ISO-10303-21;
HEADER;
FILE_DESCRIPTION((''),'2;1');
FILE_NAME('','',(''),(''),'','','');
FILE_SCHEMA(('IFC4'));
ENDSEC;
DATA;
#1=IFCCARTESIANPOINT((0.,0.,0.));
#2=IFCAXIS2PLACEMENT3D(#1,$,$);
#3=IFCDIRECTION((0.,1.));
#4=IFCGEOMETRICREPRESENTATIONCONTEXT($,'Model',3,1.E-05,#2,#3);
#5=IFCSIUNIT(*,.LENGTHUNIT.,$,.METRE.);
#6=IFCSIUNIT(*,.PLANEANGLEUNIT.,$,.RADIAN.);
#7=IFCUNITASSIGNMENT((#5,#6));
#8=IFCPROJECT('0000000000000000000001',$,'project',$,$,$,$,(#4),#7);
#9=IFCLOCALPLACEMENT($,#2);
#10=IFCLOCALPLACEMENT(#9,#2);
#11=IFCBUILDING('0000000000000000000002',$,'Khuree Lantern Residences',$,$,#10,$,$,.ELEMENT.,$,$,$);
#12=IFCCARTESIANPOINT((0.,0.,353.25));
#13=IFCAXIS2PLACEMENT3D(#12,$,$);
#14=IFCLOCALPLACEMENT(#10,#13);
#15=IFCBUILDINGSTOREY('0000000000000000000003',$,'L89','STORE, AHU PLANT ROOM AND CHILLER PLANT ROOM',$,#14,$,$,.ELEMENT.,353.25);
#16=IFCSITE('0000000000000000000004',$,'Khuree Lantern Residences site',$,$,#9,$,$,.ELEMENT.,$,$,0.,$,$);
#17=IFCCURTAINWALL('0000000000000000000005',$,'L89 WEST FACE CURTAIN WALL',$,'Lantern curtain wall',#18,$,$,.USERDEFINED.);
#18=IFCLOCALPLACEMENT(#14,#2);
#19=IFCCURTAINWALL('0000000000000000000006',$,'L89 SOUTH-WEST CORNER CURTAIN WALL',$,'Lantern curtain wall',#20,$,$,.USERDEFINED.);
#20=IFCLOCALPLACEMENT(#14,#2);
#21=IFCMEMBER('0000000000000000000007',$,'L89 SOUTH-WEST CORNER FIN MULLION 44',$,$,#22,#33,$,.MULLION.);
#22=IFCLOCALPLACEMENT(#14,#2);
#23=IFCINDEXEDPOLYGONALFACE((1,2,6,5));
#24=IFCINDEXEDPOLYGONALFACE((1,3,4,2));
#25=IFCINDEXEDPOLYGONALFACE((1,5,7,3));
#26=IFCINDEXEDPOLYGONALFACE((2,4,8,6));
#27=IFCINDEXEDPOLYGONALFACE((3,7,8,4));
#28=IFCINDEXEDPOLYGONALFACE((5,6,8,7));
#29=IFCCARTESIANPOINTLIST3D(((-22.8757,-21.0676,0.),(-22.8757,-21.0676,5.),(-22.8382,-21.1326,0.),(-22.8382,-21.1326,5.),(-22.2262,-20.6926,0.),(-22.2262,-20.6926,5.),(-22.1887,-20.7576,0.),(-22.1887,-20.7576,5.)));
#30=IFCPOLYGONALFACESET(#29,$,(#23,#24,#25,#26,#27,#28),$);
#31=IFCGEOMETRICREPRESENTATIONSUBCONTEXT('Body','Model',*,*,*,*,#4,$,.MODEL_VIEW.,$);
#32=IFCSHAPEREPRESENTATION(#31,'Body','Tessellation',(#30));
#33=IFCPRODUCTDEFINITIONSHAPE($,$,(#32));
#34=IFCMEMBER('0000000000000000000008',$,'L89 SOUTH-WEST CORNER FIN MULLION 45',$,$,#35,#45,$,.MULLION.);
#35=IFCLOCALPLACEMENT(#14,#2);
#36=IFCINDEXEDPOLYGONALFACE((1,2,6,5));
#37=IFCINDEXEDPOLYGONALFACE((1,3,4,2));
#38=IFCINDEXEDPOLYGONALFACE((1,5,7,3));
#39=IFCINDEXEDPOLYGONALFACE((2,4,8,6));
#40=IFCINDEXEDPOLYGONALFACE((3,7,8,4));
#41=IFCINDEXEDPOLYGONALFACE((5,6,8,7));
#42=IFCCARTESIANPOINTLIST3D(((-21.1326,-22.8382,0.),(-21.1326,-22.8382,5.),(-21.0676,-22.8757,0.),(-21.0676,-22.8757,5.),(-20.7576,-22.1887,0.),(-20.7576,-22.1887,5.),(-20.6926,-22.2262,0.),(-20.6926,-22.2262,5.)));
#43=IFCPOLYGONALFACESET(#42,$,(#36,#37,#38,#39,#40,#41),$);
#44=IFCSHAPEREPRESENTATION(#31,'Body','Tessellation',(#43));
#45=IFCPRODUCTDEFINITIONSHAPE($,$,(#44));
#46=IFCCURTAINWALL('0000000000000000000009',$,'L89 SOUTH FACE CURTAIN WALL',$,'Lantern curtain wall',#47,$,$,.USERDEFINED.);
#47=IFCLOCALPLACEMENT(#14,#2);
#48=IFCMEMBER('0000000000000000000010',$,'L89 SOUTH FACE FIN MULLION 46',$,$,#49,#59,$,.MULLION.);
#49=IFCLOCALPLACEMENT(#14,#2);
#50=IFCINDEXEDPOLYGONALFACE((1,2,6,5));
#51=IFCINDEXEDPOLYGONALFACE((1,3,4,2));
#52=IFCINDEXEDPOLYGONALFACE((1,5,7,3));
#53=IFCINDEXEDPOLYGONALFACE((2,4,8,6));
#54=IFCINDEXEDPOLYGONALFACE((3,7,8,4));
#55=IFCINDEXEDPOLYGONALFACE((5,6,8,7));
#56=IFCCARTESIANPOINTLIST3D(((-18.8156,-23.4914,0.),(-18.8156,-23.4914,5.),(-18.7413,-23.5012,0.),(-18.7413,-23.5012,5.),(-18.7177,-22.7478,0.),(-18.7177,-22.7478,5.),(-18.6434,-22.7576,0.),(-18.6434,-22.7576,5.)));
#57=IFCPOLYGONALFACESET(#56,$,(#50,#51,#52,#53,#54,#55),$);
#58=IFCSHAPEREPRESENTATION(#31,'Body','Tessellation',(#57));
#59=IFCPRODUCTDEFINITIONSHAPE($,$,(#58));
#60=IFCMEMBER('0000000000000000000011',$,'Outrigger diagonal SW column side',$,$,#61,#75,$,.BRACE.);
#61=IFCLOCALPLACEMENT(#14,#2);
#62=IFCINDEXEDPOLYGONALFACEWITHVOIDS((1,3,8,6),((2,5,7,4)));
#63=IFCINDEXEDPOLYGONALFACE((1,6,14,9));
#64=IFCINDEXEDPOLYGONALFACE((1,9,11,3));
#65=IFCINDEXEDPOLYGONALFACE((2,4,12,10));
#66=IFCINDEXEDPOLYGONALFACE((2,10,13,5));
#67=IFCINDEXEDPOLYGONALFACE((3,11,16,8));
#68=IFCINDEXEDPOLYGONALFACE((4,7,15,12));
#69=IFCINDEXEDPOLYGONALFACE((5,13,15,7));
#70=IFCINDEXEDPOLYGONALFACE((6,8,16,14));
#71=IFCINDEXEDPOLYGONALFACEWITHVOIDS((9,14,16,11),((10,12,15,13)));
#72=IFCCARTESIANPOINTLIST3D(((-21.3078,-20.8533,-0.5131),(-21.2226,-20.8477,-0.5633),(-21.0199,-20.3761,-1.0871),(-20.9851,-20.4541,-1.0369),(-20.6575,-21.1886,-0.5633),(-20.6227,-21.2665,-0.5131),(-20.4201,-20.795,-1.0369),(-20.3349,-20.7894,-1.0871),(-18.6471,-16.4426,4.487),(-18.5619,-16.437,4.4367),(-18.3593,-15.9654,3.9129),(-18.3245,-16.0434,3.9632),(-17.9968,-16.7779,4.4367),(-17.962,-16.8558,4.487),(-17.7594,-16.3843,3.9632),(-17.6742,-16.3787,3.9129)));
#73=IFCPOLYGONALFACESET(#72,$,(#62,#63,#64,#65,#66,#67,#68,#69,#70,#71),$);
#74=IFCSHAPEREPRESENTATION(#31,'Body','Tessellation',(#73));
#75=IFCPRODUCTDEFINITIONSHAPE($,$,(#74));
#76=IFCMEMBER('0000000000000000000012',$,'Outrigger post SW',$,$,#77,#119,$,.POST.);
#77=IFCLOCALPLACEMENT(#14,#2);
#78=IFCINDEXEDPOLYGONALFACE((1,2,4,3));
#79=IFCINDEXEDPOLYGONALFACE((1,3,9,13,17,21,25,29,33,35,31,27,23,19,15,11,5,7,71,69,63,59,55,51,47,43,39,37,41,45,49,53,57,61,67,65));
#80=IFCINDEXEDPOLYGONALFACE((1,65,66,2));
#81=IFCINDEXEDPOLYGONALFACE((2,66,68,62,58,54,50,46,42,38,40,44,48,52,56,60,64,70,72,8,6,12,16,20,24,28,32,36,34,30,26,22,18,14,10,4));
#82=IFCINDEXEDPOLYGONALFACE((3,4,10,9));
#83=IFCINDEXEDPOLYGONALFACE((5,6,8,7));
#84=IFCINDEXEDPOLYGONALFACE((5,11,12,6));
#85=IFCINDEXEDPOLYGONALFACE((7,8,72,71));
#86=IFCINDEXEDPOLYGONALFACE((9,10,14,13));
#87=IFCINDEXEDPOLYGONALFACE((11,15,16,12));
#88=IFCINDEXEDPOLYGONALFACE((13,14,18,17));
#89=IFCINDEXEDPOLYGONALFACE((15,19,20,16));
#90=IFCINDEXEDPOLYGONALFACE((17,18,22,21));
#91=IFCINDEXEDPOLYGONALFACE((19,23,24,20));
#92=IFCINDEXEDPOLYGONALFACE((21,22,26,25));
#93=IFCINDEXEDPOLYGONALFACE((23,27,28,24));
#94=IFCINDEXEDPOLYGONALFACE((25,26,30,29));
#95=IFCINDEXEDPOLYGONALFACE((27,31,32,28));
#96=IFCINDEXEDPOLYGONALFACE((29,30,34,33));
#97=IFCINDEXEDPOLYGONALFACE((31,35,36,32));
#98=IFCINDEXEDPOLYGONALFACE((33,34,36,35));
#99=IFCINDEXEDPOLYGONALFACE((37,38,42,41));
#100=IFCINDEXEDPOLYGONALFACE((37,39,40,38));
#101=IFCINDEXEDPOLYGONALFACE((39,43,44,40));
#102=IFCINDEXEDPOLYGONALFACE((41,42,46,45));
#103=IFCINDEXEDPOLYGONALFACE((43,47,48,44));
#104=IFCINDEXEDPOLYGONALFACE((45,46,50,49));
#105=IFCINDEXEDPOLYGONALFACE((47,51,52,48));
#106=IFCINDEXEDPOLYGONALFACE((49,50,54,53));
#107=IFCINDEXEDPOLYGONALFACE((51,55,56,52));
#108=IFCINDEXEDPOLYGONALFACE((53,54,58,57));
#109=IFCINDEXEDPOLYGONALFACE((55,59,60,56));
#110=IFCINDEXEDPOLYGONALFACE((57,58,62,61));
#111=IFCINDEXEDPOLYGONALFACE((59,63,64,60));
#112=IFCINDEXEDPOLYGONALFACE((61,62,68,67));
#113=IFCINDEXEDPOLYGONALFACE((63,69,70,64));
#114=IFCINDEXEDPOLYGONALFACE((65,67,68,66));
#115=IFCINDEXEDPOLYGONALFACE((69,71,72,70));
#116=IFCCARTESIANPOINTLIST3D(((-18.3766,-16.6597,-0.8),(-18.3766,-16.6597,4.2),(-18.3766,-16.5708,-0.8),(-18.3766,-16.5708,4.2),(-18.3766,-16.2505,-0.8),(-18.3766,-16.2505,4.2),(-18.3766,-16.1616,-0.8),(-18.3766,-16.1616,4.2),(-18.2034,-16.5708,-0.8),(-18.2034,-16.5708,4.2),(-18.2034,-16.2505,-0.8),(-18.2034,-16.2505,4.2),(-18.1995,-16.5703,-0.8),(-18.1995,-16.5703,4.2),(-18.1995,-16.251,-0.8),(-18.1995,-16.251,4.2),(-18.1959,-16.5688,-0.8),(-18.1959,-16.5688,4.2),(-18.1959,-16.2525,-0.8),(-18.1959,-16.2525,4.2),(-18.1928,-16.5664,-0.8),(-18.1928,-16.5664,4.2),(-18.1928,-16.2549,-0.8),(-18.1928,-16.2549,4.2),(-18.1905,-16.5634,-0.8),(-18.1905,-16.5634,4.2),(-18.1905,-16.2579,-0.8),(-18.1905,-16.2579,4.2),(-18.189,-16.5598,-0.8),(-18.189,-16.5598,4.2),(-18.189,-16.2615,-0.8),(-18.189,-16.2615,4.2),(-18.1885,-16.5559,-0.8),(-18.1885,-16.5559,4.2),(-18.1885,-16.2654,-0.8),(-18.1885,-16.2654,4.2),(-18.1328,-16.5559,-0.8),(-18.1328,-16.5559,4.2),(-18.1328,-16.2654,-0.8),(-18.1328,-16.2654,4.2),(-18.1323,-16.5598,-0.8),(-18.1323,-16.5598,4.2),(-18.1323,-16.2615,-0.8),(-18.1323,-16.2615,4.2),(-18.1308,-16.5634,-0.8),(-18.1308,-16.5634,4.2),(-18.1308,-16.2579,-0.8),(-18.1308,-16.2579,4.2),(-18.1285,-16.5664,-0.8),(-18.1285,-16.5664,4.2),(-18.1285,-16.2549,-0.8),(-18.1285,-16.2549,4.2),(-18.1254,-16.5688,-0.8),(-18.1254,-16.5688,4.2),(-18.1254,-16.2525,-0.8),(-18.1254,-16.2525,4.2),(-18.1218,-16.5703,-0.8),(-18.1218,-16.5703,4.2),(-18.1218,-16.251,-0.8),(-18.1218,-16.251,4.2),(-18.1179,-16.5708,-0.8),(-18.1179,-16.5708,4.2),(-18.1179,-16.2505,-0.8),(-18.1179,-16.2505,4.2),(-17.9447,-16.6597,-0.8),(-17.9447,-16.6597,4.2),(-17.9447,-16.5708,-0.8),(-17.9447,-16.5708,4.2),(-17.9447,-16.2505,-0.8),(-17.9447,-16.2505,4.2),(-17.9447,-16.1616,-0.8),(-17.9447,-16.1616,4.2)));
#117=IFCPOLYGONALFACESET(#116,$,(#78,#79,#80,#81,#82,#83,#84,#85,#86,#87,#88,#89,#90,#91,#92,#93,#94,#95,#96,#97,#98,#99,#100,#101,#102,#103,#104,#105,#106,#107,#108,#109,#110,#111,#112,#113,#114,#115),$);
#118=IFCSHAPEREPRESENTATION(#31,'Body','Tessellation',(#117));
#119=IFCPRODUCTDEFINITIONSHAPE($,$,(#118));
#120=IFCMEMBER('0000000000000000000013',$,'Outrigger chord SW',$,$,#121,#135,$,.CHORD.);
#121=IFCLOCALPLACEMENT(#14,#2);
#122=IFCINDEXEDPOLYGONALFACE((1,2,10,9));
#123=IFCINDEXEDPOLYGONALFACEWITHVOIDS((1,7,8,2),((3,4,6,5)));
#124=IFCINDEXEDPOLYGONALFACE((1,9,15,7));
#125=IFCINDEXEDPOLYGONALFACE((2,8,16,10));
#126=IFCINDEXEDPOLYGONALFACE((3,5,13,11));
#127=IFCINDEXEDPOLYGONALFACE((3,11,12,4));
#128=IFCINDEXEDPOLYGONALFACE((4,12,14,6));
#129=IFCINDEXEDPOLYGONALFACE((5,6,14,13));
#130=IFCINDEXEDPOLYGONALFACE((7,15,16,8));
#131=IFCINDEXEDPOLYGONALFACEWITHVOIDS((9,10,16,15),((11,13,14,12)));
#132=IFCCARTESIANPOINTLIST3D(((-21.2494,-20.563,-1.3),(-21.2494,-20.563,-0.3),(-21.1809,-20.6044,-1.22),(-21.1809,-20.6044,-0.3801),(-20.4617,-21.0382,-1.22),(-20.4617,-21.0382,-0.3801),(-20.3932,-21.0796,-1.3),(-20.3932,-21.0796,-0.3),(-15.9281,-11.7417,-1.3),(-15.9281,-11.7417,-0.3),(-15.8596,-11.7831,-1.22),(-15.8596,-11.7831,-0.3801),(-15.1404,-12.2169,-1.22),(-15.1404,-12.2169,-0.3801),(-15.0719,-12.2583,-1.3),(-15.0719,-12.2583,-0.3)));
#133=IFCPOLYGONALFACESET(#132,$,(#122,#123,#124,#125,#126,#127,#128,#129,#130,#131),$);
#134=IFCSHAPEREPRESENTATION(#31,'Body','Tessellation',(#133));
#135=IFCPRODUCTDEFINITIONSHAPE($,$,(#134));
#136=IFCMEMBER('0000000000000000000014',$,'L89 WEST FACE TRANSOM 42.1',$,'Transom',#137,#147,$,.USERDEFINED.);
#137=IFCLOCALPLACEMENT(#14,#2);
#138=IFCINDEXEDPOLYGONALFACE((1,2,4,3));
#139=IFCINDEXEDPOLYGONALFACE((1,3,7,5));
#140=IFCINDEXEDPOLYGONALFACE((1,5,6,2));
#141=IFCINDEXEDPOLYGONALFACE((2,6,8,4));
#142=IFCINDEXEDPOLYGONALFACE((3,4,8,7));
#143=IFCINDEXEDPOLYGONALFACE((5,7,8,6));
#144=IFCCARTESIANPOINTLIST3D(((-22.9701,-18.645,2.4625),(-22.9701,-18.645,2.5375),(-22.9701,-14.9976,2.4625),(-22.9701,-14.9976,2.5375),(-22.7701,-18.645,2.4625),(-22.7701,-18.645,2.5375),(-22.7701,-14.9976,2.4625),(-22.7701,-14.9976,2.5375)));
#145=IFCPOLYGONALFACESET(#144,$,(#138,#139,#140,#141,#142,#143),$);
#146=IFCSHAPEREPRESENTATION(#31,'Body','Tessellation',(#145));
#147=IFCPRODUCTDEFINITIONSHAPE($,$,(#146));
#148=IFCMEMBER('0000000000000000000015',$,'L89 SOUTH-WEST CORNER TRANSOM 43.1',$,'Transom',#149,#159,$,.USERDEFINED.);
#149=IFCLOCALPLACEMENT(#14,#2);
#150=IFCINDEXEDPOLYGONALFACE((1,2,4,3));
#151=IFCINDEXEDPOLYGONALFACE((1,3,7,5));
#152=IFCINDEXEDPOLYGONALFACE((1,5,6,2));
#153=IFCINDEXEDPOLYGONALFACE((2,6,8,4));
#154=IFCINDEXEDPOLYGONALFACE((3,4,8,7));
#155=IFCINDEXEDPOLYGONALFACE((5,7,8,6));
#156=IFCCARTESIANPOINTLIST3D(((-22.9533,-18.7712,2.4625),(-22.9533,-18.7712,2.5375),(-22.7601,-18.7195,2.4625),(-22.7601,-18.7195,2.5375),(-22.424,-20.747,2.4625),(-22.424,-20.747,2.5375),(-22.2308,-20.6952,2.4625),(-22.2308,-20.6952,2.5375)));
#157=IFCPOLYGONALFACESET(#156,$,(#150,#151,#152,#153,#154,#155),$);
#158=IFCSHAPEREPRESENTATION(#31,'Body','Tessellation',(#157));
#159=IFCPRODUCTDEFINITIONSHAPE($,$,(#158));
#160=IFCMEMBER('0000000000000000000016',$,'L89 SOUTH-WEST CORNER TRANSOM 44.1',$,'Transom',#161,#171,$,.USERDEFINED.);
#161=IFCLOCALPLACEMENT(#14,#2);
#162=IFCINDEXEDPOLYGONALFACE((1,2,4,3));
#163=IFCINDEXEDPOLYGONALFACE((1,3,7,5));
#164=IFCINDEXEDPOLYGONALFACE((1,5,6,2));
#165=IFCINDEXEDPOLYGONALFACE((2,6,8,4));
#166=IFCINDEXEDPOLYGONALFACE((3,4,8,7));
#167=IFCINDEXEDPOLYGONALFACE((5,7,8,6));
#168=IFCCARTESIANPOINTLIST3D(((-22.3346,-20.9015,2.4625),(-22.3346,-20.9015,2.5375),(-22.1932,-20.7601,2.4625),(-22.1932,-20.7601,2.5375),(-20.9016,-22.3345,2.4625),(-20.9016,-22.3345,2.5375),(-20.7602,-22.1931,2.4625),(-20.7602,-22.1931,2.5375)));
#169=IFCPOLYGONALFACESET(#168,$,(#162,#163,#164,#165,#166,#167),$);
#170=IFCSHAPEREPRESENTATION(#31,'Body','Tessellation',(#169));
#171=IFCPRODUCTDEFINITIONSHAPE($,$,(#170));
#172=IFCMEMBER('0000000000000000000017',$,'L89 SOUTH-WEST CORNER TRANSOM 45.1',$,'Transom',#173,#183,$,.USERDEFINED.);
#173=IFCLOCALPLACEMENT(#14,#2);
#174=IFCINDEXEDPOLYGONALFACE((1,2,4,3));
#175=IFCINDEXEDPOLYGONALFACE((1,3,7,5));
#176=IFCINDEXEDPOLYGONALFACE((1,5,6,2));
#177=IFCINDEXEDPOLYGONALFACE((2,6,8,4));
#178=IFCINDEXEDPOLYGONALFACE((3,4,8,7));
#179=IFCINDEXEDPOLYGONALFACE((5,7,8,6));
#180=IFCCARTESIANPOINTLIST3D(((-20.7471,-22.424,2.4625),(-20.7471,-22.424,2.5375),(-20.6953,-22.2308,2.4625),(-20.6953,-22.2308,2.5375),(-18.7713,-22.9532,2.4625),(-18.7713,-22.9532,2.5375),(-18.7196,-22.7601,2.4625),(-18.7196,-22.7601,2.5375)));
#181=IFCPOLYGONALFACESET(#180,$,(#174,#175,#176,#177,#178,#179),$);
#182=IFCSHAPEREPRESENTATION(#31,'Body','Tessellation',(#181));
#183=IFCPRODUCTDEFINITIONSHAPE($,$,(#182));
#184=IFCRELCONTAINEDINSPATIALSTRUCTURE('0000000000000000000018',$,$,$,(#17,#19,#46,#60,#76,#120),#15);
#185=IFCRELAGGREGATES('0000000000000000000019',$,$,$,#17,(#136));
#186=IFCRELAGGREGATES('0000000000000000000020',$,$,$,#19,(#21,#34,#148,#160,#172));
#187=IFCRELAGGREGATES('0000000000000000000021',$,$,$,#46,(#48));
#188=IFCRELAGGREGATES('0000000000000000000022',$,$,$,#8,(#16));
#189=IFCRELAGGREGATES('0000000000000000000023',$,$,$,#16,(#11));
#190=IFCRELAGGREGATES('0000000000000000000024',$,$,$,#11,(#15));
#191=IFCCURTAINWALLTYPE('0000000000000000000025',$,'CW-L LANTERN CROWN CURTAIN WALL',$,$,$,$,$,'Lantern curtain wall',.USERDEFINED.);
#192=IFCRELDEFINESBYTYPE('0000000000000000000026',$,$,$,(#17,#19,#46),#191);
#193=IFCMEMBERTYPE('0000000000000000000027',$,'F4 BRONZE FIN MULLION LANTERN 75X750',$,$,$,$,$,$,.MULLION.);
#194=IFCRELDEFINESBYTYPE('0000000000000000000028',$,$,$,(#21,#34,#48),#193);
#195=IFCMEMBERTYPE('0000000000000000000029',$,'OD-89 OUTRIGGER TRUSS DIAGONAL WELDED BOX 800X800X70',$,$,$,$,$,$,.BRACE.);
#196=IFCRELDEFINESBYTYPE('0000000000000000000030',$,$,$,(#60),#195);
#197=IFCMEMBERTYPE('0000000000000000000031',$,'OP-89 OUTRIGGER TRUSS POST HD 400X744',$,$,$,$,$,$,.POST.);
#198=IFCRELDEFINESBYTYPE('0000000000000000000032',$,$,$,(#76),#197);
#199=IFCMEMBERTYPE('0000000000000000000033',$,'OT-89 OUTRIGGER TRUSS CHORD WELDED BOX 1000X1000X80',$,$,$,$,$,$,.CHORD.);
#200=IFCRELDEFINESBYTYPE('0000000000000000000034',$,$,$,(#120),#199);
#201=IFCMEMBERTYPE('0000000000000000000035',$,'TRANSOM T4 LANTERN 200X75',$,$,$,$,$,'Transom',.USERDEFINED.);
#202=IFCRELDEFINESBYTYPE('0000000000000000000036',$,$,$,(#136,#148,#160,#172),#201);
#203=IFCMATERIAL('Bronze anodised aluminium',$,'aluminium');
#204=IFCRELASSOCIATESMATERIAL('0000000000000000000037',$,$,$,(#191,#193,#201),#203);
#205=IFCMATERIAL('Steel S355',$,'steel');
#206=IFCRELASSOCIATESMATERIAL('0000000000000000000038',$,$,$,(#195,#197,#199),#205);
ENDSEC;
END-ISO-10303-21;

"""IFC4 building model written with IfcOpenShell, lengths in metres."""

from ifc_helpers import new_model, si_unit, direction, frame, origin, origin_2d, place, context, subcontext, project, spatial, rectangle, hollow_rectangle, i_section, extrude, material, material_profile, profile_set, type_object, element, aggregate, save


model = new_model("IFC4")

# Units and contexts
model_context = context("Model", 3, precision=1e-05, world=origin(), true_north=direction((0.0, 1.0)))
body_context = subcontext(model_context, "Body", "Model", "MODEL_VIEW")
ifc_project = project(units=[si_unit("LENGTHUNIT", "METRE"), si_unit("PLANEANGLEUNIT", "RADIAN")], contexts=[model_context])

# Site, building, storey
site_placement = place(None, origin())
site = spatial("IfcSite", under=ifc_project, at=site_placement, Name="Khuree Lantern Residences site", CompositionType="ELEMENT", RefElevation=0.0)
building_placement = place(site_placement, origin())
building = spatial("IfcBuilding", under=site, at=building_placement, Name="Khuree Lantern Residences", CompositionType="ELEMENT")
storey_placement = place(building_placement, frame((0.0, 0.0, 353.25)))
storey = spatial("IfcBuildingStorey", under=building, at=storey_placement, Name="L89", Description="STORE, AHU PLANT ROOM AND CHILLER PLANT ROOM", CompositionType="ELEMENT", Elevation=353.25)

# Shared definitions
ifc_material_1 = material(Name="Steel S355", Category="steel")

# Curtain wall
ifc_material_2 = material(Name="Bronze anodised aluminium", Category="aluminium")
curtain_wall_type = type_object("IfcCurtainWallType", Name="CW-L LANTERN CROWN CURTAIN WALL", ElementType="Lantern curtain wall", PredefinedType="USERDEFINED", material=ifc_material_2)
curtain_wall_1_placement = place(storey_placement, origin())
curtain_wall_1 = element("IfcCurtainWall", 1, at=curtain_wall_1_placement, inside=storey, type_object=curtain_wall_type, Name="L89 WEST FACE CURTAIN WALL", ObjectType="Lantern curtain wall", PredefinedType="USERDEFINED")
ifc_material_profile_1 = material_profile(ifc_material_2, rectangle(XDim=0.075, YDim=0.75, at=origin_2d()), Name="F4 75X750")
ifc_profile_set_1 = profile_set([ifc_material_profile_1], Name="Bronze anodised aluminium")
member_type_1 = type_object("IfcMemberType", Name="F4 BRONZE FIN MULLION LANTERN 75X750", PredefinedType="MULLION", material=ifc_profile_set_1)

# Curtain wall, members
curtain_wall_2_placement = place(storey_placement, origin())
curtain_wall_2 = element("IfcCurtainWall", 2, at=curtain_wall_2_placement, inside=storey, type_object=curtain_wall_type, Name="L89 SOUTH-WEST CORNER CURTAIN WALL", ObjectType="Lantern curtain wall", PredefinedType="USERDEFINED")
member_1_placement = place(storey_placement, frame((-22.5322, -20.9126, 0.0), z_axis=(0.0, 0.0, 1.0), x_axis=(0.5, -0.866025, 0.0)))
member_1 = element("IfcMember", 3, at=member_1_placement, type_object=member_type_1, Name="L89 SOUTH-WEST CORNER FIN MULLION 44", PredefinedType="MULLION", context=body_context, shape_type="SweptSolid", body=[
    extrude(rectangle(XDim=0.075, YDim=0.75, at=origin_2d()), origin(), (0.0, 0.0, 1.0), 5.0),
])
member_2_placement = place(storey_placement, frame((-20.9126, -22.5322, 0.0), z_axis=(0.0, 0.0, 1.0), x_axis=(0.866025, -0.5, 0.0)))
member_2 = element("IfcMember", 4, at=member_2_placement, type_object=member_type_1, Name="L89 SOUTH-WEST CORNER FIN MULLION 45", PredefinedType="MULLION", context=body_context, shape_type="SweptSolid", body=[
    extrude(rectangle(XDim=0.075, YDim=0.75, at=origin_2d()), origin(), (0.0, 0.0, 1.0), 5.0),
])

# Curtain wall, member
curtain_wall_3_placement = place(storey_placement, origin())
curtain_wall_3 = element("IfcCurtainWall", 5, at=curtain_wall_3_placement, inside=storey, type_object=curtain_wall_type, Name="L89 SOUTH FACE CURTAIN WALL", ObjectType="Lantern curtain wall", PredefinedType="USERDEFINED")
member_3_placement = place(storey_placement, frame((-18.7295, -23.1245, 0.0), z_axis=(0.0, 0.0, 1.0), x_axis=(0.991445, -0.130526, 0.0)))
member_3 = element("IfcMember", 6, at=member_3_placement, type_object=member_type_1, Name="L89 SOUTH FACE FIN MULLION 46", PredefinedType="MULLION", context=body_context, shape_type="SweptSolid", body=[
    extrude(rectangle(XDim=0.075, YDim=0.75, at=origin_2d()), origin(), (0.0, 0.0, 1.0), 5.0),
])

# Members
ifc_material_profile_2 = material_profile(ifc_material_1, hollow_rectangle(XDim=0.8, YDim=0.8, WallThickness=0.0701, at=origin_2d()), Name="WELDED BOX 800X800X70")
ifc_profile_set_2 = profile_set([ifc_material_profile_2], Name="Steel S355")
member_type_2 = type_object("IfcMemberType", Name="OD-89 OUTRIGGER TRUSS DIAGONAL WELDED BOX 800X800X70", PredefinedType="BRACE", material=ifc_profile_set_2)
member_4_placement = place(storey_placement, frame((-18.1606, -16.4106, 4.2), z_axis=(-0.370634, -0.614413, -0.696511), x_axis=(0.856269, -0.51653, 0.0)))
element("IfcMember", 7, at=member_4_placement, inside=storey, type_object=member_type_2, Name="Outrigger diagonal SW column side", PredefinedType="BRACE", context=body_context, shape_type="SweptSolid", body=[
    extrude(hollow_rectangle(XDim=0.8, YDim=0.8, WallThickness=0.0701, at=origin_2d()), origin(), (0.0, 0.0, 1.0), 7.1787),
])
ifc_material_profile_3 = material_profile(ifc_material_1, i_section(OverallWidth=0.4319, OverallDepth=0.498, WebThickness=0.0557, FlangeThickness=0.0889, FilletRadius=0.0149, at=origin_2d()), Name="HD 400X744")
ifc_profile_set_3 = profile_set([ifc_material_profile_3], Name="Steel S355")
member_type_3 = type_object("IfcMemberType", Name="OP-89 OUTRIGGER TRUSS POST HD 400X744", PredefinedType="POST", material=ifc_profile_set_3)
member_5_placement = place(storey_placement, frame((-18.1606, -16.4106, -0.8), z_axis=(0.0, 0.0, 1.0), x_axis=(1.0, 0.0, 0.0)))
element("IfcMember", 8, at=member_5_placement, inside=storey, type_object=member_type_3, Name="Outrigger post SW", PredefinedType="POST", context=body_context, shape_type="SweptSolid", body=[
    extrude(i_section(OverallWidth=0.4319, OverallDepth=0.498, WebThickness=0.0557, FlangeThickness=0.0889, FilletRadius=0.0149, at=origin_2d()), origin(), (0.0, 0.0, 1.0), 5.0),
])
ifc_material_profile_4 = material_profile(ifc_material_1, hollow_rectangle(XDim=1.0, YDim=1.0, WallThickness=0.0801, at=origin_2d()), Name="WELDED BOX 1000X1000X80")
ifc_profile_set_4 = profile_set([ifc_material_profile_4], Name="Steel S355")
member_type_4 = type_object("IfcMemberType", Name="OT-89 OUTRIGGER TRUSS CHORD WELDED BOX 1000X1000X80", PredefinedType="CHORD", material=ifc_profile_set_4)
member_6_placement = place(storey_placement, frame((-20.8213, -20.8213, -0.8), z_axis=(0.51653, 0.856269, 0.0), x_axis=(-0.856269, 0.51653, 0.0)))
element("IfcMember", 9, at=member_6_placement, inside=storey, type_object=member_type_4, Name="Outrigger chord SW", PredefinedType="CHORD", context=body_context, shape_type="SweptSolid", body=[
    extrude(hollow_rectangle(XDim=1.0, YDim=1.0, WallThickness=0.0801, at=origin_2d()), origin(), (0.0, 0.0, 1.0), 10.302),
])

# Members
ifc_material_profile_5 = material_profile(ifc_material_2, rectangle(XDim=0.2, YDim=0.075, at=origin_2d()), Name="T4 200X75")
ifc_profile_set_5 = profile_set([ifc_material_profile_5], Name="Bronze anodised aluminium")
member_type_5 = type_object("IfcMemberType", Name="TRANSOM T4 LANTERN 200X75", ElementType="Transom", PredefinedType="USERDEFINED", material=ifc_profile_set_5)
member_7_placement = place(storey_placement, frame((-22.8701, -14.9976, 2.5), z_axis=(0.0, -1.0, 0.0), x_axis=(1.0, 0.0, 0.0)))
member_7 = element("IfcMember", 10, at=member_7_placement, type_object=member_type_5, Name="L89 WEST FACE TRANSOM 42.1", ObjectType="Transom", PredefinedType="USERDEFINED", context=body_context, shape_type="SweptSolid", body=[
    extrude(rectangle(XDim=0.2, YDim=0.075, at=origin_2d()), origin(), (0.0, 0.0, 1.0), 3.6475),
])
member_8_placement = place(storey_placement, frame((-22.8567, -18.7454, 2.5), z_axis=(0.258762, -0.965941, 0.0), x_axis=(0.965941, 0.258762, 0.0)))
member_8 = element("IfcMember", 11, at=member_8_placement, type_object=member_type_5, Name="L89 SOUTH-WEST CORNER TRANSOM 43.1", ObjectType="Transom", PredefinedType="USERDEFINED", context=body_context, shape_type="SweptSolid", body=[
    extrude(rectangle(XDim=0.2, YDim=0.075, at=origin_2d()), origin(), (0.0, 0.0, 1.0), 2.0454),
])
member_9_placement = place(storey_placement, frame((-22.2639, -20.8308, 2.5), z_axis=(0.707107, -0.707107, 0.0), x_axis=(0.707107, 0.707107, 0.0)))
member_9 = element("IfcMember", 12, at=member_9_placement, type_object=member_type_5, Name="L89 SOUTH-WEST CORNER TRANSOM 44.1", ObjectType="Transom", PredefinedType="USERDEFINED", context=body_context, shape_type="SweptSolid", body=[
    extrude(rectangle(XDim=0.2, YDim=0.075, at=origin_2d()), origin(), (0.0, 0.0, 1.0), 2.0266),
])
member_10_placement = place(storey_placement, frame((-20.7212, -22.3274, 2.5), z_axis=(0.965941, -0.258762, 0.0), x_axis=(0.258762, 0.965941, 0.0)))
member_10 = element("IfcMember", 13, at=member_10_placement, type_object=member_type_5, Name="L89 SOUTH-WEST CORNER TRANSOM 45.1", ObjectType="Transom", PredefinedType="USERDEFINED", context=body_context, shape_type="SweptSolid", body=[
    extrude(rectangle(XDim=0.2, YDim=0.075, at=origin_2d()), origin(), (0.0, 0.0, 1.0), 2.0454),
])

aggregate(curtain_wall_1, [member_7])
aggregate(curtain_wall_2, [member_1, member_2, member_8, member_9, member_10])
aggregate(curtain_wall_3, [member_3])

save(model, "model.ifc")
